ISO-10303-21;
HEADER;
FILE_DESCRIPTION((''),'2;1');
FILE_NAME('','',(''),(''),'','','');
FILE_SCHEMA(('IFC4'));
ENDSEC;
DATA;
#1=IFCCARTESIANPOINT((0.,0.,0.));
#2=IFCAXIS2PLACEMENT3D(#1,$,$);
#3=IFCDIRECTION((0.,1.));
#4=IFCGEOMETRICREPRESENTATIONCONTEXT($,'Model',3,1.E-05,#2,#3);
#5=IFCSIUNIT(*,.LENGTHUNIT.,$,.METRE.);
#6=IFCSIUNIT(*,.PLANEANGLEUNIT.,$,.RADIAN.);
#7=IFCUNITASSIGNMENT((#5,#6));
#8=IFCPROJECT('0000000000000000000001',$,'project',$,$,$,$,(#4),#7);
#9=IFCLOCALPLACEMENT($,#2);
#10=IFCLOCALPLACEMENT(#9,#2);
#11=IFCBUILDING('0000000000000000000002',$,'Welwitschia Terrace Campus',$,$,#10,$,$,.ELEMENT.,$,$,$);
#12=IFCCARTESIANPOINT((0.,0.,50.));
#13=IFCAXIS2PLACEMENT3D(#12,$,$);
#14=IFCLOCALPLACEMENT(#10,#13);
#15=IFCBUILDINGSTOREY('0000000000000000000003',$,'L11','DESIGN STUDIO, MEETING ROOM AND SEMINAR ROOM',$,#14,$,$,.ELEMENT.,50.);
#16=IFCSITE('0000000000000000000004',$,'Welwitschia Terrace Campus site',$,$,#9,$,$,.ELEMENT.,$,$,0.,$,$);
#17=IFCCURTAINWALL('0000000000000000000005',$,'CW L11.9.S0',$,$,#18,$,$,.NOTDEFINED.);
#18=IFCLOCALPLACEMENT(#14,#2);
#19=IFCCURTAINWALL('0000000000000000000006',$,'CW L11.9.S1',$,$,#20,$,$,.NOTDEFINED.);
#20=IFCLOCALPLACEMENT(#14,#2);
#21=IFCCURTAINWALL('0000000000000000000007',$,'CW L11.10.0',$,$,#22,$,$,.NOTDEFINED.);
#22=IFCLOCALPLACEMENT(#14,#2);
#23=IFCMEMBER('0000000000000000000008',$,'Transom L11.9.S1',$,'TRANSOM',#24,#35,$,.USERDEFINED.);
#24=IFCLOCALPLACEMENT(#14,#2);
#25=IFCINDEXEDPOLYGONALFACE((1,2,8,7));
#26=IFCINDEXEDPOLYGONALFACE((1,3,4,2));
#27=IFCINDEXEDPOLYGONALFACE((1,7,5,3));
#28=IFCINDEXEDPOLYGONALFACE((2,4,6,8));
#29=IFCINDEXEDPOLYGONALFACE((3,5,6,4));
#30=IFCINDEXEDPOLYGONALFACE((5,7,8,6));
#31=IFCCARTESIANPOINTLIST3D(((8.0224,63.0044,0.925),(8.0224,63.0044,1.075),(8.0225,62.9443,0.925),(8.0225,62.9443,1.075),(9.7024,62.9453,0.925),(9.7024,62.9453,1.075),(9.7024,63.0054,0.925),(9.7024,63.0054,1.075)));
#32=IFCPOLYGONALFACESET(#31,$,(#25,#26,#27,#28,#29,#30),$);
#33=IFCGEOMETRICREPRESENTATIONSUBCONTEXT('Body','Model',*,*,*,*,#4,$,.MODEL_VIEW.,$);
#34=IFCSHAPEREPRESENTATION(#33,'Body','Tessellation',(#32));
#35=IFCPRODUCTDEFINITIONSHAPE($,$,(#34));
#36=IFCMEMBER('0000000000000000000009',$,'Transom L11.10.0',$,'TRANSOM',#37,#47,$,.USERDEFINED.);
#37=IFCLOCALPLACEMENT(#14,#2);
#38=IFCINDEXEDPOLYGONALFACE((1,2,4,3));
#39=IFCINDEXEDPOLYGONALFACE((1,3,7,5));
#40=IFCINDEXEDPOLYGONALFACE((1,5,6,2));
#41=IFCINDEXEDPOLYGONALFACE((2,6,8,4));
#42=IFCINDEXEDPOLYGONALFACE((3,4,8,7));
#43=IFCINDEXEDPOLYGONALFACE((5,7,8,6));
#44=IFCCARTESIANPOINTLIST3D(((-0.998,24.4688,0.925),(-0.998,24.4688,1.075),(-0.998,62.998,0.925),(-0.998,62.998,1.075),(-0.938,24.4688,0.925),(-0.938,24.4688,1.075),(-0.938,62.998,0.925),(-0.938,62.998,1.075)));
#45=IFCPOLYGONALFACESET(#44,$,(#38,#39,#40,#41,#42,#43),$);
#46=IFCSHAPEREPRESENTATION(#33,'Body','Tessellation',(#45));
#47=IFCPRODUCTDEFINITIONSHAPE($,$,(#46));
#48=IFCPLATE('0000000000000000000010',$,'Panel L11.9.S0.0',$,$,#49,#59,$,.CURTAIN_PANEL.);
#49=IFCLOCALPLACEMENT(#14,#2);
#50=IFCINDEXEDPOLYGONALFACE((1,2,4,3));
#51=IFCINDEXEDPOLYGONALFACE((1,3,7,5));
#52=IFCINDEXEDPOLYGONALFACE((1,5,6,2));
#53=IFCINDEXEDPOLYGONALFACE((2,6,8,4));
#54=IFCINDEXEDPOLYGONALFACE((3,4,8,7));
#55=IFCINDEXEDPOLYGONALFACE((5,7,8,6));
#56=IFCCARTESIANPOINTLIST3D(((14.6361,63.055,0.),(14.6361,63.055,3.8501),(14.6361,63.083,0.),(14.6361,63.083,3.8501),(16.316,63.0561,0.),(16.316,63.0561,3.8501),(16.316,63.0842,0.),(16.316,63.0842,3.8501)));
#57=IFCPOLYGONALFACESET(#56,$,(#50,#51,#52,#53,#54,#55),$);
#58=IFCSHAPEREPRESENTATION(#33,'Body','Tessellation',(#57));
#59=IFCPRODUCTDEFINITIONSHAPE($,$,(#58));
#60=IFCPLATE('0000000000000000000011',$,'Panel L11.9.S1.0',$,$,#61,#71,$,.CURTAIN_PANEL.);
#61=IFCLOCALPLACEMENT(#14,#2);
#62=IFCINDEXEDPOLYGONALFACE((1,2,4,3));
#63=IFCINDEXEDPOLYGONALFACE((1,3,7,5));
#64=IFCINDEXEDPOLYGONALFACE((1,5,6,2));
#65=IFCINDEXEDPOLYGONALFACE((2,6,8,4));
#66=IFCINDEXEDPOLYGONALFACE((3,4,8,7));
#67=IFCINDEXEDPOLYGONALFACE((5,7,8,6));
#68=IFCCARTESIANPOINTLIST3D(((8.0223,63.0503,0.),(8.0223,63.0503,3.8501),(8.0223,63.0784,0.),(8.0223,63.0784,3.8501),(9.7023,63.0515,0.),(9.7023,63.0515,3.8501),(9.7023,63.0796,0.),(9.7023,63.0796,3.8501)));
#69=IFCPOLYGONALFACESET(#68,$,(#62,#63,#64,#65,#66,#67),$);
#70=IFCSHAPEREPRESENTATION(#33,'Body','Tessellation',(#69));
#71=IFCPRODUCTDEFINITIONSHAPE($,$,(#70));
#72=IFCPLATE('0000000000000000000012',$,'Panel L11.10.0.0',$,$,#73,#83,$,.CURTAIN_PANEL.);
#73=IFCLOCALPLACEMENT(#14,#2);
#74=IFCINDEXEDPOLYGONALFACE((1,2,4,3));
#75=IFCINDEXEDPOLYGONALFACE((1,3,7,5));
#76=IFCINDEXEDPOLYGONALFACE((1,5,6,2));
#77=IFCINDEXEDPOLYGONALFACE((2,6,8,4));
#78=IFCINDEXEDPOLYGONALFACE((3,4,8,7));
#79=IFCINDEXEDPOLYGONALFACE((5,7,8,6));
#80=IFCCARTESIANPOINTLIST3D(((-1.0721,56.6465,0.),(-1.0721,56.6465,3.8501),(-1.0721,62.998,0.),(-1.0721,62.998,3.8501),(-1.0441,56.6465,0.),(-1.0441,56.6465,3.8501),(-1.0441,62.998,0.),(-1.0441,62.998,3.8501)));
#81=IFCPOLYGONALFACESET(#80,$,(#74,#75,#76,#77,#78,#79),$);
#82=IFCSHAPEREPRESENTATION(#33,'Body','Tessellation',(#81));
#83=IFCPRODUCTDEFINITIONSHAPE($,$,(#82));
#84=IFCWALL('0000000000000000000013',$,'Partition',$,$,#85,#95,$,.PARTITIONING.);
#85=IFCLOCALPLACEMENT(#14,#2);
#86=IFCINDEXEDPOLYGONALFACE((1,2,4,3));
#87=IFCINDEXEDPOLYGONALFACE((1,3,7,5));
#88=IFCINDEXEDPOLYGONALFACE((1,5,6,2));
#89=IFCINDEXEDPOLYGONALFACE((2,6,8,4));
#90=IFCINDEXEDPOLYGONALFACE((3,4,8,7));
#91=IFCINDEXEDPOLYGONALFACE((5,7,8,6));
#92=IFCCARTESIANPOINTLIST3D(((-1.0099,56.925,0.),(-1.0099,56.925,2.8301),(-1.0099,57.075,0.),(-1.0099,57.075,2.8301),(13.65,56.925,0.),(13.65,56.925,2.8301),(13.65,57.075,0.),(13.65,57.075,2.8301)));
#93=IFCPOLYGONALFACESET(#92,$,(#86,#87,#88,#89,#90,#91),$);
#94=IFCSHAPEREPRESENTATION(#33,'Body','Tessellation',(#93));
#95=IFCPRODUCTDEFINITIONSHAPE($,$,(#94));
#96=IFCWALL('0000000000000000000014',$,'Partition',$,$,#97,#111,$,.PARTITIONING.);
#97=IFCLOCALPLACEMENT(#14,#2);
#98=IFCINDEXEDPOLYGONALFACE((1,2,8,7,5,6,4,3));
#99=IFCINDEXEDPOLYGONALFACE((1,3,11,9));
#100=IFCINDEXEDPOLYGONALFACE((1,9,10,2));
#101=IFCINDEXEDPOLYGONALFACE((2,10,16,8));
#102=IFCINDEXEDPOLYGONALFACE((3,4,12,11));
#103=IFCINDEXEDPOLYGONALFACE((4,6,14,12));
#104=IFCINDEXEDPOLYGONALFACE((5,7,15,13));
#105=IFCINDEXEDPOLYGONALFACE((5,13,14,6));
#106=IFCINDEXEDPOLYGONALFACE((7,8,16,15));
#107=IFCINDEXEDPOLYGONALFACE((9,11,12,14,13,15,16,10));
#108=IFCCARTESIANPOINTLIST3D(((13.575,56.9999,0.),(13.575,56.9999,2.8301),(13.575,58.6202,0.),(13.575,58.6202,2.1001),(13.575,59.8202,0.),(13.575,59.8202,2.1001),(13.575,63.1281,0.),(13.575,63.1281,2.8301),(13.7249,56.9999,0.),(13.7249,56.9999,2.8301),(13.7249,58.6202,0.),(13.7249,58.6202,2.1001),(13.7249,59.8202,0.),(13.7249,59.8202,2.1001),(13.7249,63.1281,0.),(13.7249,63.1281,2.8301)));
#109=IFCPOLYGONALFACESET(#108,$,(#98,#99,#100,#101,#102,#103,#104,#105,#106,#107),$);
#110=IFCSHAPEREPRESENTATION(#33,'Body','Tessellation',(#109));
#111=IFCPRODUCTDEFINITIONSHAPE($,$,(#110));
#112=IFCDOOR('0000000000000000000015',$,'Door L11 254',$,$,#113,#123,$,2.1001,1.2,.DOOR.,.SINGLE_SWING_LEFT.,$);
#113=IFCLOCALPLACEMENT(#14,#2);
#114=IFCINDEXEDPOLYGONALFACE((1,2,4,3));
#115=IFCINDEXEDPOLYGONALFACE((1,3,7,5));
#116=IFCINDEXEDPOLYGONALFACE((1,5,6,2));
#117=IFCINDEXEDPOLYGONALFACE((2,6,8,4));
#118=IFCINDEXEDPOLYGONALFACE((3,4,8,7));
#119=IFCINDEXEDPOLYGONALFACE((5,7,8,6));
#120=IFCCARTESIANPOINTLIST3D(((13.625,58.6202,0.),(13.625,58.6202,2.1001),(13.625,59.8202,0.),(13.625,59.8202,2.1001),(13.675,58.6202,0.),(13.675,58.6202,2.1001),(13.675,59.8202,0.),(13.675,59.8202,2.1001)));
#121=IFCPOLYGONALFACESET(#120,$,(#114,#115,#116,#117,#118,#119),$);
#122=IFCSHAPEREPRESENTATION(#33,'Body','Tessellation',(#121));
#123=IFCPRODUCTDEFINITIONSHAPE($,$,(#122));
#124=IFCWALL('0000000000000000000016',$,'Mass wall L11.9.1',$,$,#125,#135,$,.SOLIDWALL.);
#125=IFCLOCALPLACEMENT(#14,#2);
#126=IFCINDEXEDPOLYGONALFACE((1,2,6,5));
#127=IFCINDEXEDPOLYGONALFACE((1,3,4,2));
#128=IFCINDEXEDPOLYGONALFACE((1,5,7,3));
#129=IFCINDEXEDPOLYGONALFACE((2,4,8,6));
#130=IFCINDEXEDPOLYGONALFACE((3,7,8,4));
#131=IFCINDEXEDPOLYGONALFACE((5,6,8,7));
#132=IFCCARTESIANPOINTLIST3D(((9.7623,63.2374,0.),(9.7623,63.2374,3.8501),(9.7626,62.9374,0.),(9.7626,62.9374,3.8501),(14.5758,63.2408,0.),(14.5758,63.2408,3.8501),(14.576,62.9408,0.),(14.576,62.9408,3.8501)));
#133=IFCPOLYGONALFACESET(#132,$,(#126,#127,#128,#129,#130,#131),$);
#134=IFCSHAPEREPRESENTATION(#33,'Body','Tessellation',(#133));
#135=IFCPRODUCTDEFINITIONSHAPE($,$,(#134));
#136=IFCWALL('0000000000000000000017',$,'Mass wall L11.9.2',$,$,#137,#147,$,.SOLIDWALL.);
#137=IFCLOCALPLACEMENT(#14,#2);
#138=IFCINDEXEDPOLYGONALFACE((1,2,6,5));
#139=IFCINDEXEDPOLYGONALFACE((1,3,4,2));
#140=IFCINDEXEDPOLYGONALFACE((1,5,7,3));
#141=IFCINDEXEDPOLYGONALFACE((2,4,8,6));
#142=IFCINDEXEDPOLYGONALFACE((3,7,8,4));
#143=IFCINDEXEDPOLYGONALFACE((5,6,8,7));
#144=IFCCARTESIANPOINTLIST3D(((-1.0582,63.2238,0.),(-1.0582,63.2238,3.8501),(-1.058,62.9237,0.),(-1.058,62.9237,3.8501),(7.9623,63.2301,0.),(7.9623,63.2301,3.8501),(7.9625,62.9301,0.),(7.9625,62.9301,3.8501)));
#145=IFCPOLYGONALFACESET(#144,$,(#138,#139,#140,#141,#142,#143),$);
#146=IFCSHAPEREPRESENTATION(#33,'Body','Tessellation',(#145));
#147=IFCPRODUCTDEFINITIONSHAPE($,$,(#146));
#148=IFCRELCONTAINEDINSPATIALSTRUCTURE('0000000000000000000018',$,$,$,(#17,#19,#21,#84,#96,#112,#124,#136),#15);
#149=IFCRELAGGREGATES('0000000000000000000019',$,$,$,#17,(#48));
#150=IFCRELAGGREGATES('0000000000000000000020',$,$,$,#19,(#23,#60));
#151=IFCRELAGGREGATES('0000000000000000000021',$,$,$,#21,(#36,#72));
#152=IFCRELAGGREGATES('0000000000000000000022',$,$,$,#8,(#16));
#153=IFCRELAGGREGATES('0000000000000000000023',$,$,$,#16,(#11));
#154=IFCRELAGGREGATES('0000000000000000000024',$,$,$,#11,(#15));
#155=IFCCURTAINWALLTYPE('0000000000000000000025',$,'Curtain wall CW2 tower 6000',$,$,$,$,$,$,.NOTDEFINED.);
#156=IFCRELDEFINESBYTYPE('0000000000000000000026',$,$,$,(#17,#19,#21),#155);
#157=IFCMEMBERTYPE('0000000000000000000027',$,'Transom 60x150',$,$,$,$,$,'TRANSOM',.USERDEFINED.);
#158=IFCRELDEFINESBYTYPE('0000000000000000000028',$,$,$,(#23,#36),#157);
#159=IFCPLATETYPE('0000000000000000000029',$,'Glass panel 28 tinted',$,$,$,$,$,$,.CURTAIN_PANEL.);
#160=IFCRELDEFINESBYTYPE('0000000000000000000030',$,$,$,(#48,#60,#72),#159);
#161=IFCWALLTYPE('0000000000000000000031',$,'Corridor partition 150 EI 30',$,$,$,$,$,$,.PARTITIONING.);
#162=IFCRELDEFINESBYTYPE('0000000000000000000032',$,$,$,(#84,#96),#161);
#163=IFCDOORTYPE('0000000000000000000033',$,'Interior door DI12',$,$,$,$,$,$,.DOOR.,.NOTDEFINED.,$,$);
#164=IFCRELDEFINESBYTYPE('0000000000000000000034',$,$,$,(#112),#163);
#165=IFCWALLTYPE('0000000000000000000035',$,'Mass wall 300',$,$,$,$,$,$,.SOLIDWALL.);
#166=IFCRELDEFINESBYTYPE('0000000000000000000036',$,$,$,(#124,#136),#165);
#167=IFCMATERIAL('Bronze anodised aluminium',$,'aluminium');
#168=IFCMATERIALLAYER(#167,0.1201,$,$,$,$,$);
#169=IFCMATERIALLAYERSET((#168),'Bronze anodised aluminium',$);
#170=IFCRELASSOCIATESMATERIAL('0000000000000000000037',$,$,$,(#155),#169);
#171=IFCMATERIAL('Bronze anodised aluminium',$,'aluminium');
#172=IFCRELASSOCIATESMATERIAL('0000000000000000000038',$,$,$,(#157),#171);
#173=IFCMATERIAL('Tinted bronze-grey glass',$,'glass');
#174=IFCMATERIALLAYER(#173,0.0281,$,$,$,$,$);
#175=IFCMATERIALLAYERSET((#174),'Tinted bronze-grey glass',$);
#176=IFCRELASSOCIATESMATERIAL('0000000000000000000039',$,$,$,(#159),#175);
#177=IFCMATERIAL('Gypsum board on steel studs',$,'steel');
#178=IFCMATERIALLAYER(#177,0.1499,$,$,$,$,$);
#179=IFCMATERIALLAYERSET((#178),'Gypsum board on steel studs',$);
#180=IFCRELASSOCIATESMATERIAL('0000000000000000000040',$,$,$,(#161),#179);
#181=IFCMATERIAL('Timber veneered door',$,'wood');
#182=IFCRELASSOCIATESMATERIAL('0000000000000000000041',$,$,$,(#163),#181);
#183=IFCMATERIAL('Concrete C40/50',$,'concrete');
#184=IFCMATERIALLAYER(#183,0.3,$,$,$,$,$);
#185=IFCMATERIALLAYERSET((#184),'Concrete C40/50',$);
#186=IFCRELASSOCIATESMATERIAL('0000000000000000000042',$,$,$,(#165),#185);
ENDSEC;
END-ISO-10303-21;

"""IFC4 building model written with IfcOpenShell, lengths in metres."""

from ifc_helpers import new_model, si_unit, direction, frame, frame_2d, origin, origin_2d, place, context, subcontext, project, spatial, rectangle, extrude, material, layer, layer_set, material_profile, profile_set, type_object, element, fill, aggregate, save


model = new_model("IFC4")

# Units and contexts
model_context = context("Model", 3, precision=1e-05, world=origin(), true_north=direction((0.0, 1.0)))
body_context = subcontext(model_context, "Body", "Model", "MODEL_VIEW")
ifc_project = project(units=[si_unit("LENGTHUNIT", "METRE"), si_unit("PLANEANGLEUNIT", "RADIAN")], contexts=[model_context])

# Site, building, storey
site_placement = place(None, origin())
site = spatial("IfcSite", under=ifc_project, at=site_placement, Name="Welwitschia Terrace Campus site", CompositionType="ELEMENT", RefElevation=0.0)
building_placement = place(site_placement, origin())
building = spatial("IfcBuilding", under=site, at=building_placement, Name="Welwitschia Terrace Campus", CompositionType="ELEMENT")
storey_placement = place(building_placement, frame((0.0, 0.0, 50.0)))
storey = spatial("IfcBuildingStorey", under=building, at=storey_placement, Name="L11", Description="DESIGN STUDIO, MEETING ROOM AND SEMINAR ROOM", CompositionType="ELEMENT", Elevation=50.0)

# Curtain wall
ifc_material_1 = material(Name="Bronze anodised aluminium", Category="aluminium")
ifc_layer_1 = layer(ifc_material_1, 0.1201)
ifc_layer_set_1 = layer_set([ifc_layer_1], Name="Bronze anodised aluminium")
curtain_wall_type = type_object("IfcCurtainWallType", Name="Curtain wall CW2 tower 6000", PredefinedType="NOTDEFINED", material=ifc_layer_set_1)
curtain_wall_1_placement = place(storey_placement, origin())
curtain_wall_1 = element("IfcCurtainWall", 1, at=curtain_wall_1_placement, inside=storey, type_object=curtain_wall_type, Name="CW L11.9.S0", PredefinedType="NOTDEFINED")

# Curtain walls
curtain_wall_2_placement = place(storey_placement, origin())
curtain_wall_2 = element("IfcCurtainWall", 2, at=curtain_wall_2_placement, inside=storey, type_object=curtain_wall_type, Name="CW L11.9.S1", PredefinedType="NOTDEFINED")
curtain_wall_3_placement = place(storey_placement, origin())
curtain_wall_3 = element("IfcCurtainWall", 3, at=curtain_wall_3_placement, inside=storey, type_object=curtain_wall_type, Name="CW L11.10.0", PredefinedType="NOTDEFINED")

# Members
ifc_material_2 = material(Name="Bronze anodised aluminium", Category="aluminium")
ifc_material_profile_1 = material_profile(ifc_material_2, rectangle(XDim=0.0601, YDim=0.1499, at=origin_2d()))
ifc_profile_set_1 = profile_set([ifc_material_profile_1], Name="Bronze anodised aluminium")
member_type_1 = type_object("IfcMemberType", Name="Transom 60x150", ElementType="TRANSOM", PredefinedType="USERDEFINED", material=ifc_profile_set_1)
member_1_placement = place(storey_placement, frame((9.7024, 62.9753, 1.0), z_axis=(-1.0, -0.000581, 0.0), x_axis=(0.000581, -1.0, 0.0)))
member_1 = element("IfcMember", 4, at=member_1_placement, type_object=member_type_1, Name="Transom L11.9.S1", ObjectType="TRANSOM", PredefinedType="USERDEFINED", context=body_context, shape_type="SweptSolid", body=[
    extrude(rectangle(XDim=0.0601, YDim=0.1499, at=origin_2d()), origin(), (0.0, 0.0, 1.0), 1.6799),
])
member_2_placement = place(storey_placement, frame((-0.968, 62.998, 1.0), z_axis=(0.0, -1.0, 0.0), x_axis=(1.0, 0.0, 0.0)))
member_2 = element("IfcMember", 5, at=member_2_placement, type_object=member_type_1, Name="Transom L11.10.0", ObjectType="TRANSOM", PredefinedType="USERDEFINED", context=body_context, shape_type="SweptSolid", body=[
    extrude(rectangle(XDim=0.0601, YDim=0.1499, at=origin_2d()), origin(), (0.0, 0.0, 1.0), 38.5293),
])

# Plates
ifc_material_3 = material(Name="Tinted bronze-grey glass", Category="glass")
ifc_layer_2 = layer(ifc_material_3, 0.0281)
ifc_layer_set_2 = layer_set([ifc_layer_2], Name="Tinted bronze-grey glass")
plate_type = type_object("IfcPlateType", Name="Glass panel 28 tinted", PredefinedType="CURTAIN_PANEL", material=ifc_layer_set_2)
plate_1_placement = place(storey_placement, frame((15.4761, 63.0696, 0.0), z_axis=(0.0, 0.0, 1.0), x_axis=(-1.0, -0.000696, 0.0)))
plate_1 = element("IfcPlate", 6, at=plate_1_placement, type_object=plate_type, Name="Panel L11.9.S0.0", PredefinedType="CURTAIN_PANEL", context=body_context, shape_type="SweptSolid", body=[
    extrude(rectangle(XDim=1.6799, YDim=0.0281, at=origin_2d()), origin(), (0.0, 0.0, 1.0), 3.8501),
])
aggregate(curtain_wall_1, [plate_1])
plate_2_placement = place(storey_placement, frame((8.8623, 63.0649, 0.0), z_axis=(0.0, 0.0, 1.0), x_axis=(-1.0, -0.000696, 0.0)))
plate_2 = element("IfcPlate", 7, at=plate_2_placement, type_object=plate_type, Name="Panel L11.9.S1.0", PredefinedType="CURTAIN_PANEL", context=body_context, shape_type="SweptSolid", body=[
    extrude(rectangle(XDim=1.6799, YDim=0.0281, at=origin_2d()), origin(), (0.0, 0.0, 1.0), 3.8501),
])
aggregate(curtain_wall_2, [member_1, plate_2])
plate_3_placement = place(storey_placement, frame((-1.0581, 59.8223, 0.0), z_axis=(0.0, 0.0, 1.0), x_axis=(0.0, -1.0, 0.0)))
plate_3 = element("IfcPlate", 8, at=plate_3_placement, type_object=plate_type, Name="Panel L11.10.0.0", PredefinedType="CURTAIN_PANEL", context=body_context, shape_type="SweptSolid", body=[
    extrude(rectangle(XDim=6.3516, YDim=0.0281, at=origin_2d()), origin(), (0.0, 0.0, 1.0), 3.8501),
])
aggregate(curtain_wall_3, [member_2, plate_3])

# Wall
ifc_material_4 = material(Name="Gypsum board on steel studs", Category="steel")
ifc_layer_3 = layer(ifc_material_4, 0.1499)
ifc_layer_set_3 = layer_set([ifc_layer_3], Name="Gypsum board on steel studs")
wall_type_1 = type_object("IfcWallType", Name="Corridor partition 150 EI 30", PredefinedType="PARTITIONING", material=ifc_layer_set_3)
wall_1_placement = place(storey_placement, frame((-1.01, 57.0, 0.0), z_axis=(0.0, 0.0, 1.0), x_axis=(1.0, 0.0, 0.0)))
element("IfcWall", 9, at=wall_1_placement, inside=storey, type_object=wall_type_1, Name="Partition", PredefinedType="PARTITIONING", context=body_context, shape_type="SweptSolid", body=[
    extrude(rectangle(XDim=14.6599, YDim=0.1499, at=frame_2d((7.3301, 0.0))), origin(), (0.0, 0.0, 1.0), 2.8301),
])

# Wall, opening, door
wall_2_placement = place(storey_placement, frame((13.6499, 57.0, 0.0), z_axis=(0.0, 0.0, 1.0), x_axis=(0.0, 1.0, 0.0)))
wall_2 = element("IfcWall", 10, at=wall_2_placement, inside=storey, type_object=wall_type_1, Name="Partition", PredefinedType="PARTITIONING", context=body_context, shape_type="SweptSolid", body=[
    extrude(rectangle(XDim=6.1282, YDim=0.1499, at=frame_2d((3.064, 0.0))), origin(), (0.0, 0.0, 1.0), 2.8301),
])
opening_placement = place(wall_2_placement, frame((1.6201, 0.0, 0.0)))
opening = element("IfcOpeningElement", 11, at=opening_placement, cuts=wall_2, PredefinedType="OPENING", context=body_context, shape_type="SweptSolid", body=[
    extrude(rectangle(XDim=1.2, YDim=2.1001, at=frame_2d((0.6001, 1.05))), frame((0.0, 0.085, 0.0), z_axis=(0.0, -1.0, 0.0), x_axis=(1.0, 0.0, 0.0)), (0.0, 0.0, 1.0), 0.1699),
])
ifc_material_5 = material(Name="Timber veneered door", Category="wood")
door_type = type_object("IfcDoorType", Name="Interior door DI12", OperationType="NOTDEFINED", PredefinedType="DOOR", material=ifc_material_5)
door_placement = place(opening_placement, origin())
door = element("IfcDoor", 12, at=door_placement, inside=storey, type_object=door_type, Name="Door L11 254", OperationType="SINGLE_SWING_LEFT", OverallHeight=2.1001, OverallWidth=1.2, PredefinedType="DOOR", context=body_context, shape_type="SweptSolid", body=[
    extrude(rectangle(XDim=1.2, YDim=2.1001, at=frame_2d((0.6001, 1.05))), frame((0.0, 0.0249, 0.0), z_axis=(0.0, -1.0, 0.0), x_axis=(1.0, 0.0, 0.0)), (0.0, 0.0, 1.0), 0.05),
])
fill(opening, door)

# Walls
ifc_material_6 = material(Name="Concrete C40/50", Category="concrete")
ifc_layer_4 = layer(ifc_material_6, 0.3)
ifc_layer_set_4 = layer_set([ifc_layer_4], Name="Concrete C40/50")
wall_type_2 = type_object("IfcWallType", Name="Mass wall 300", PredefinedType="SOLIDWALL", material=ifc_layer_set_4)
wall_3_placement = place(storey_placement, frame((14.5759, 63.0908, 0.0), z_axis=(0.0, 0.0, 1.0), x_axis=(-1.0, -0.00071, 0.0)))
element("IfcWall", 13, at=wall_3_placement, inside=storey, type_object=wall_type_2, Name="Mass wall L11.9.1", PredefinedType="SOLIDWALL", context=body_context, shape_type="SweptSolid", body=[
    extrude(rectangle(XDim=4.8135, YDim=0.3, at=frame_2d((2.4067, 0.0))), origin(), (0.0, 0.0, 1.0), 3.8501),
])
wall_4_placement = place(storey_placement, frame((7.9624, 63.0801, 0.0), z_axis=(0.0, 0.0, 1.0), x_axis=(-1.0, -0.000704, 0.0)))
element("IfcWall", 14, at=wall_4_placement, inside=storey, type_object=wall_type_2, Name="Mass wall L11.9.2", PredefinedType="SOLIDWALL", context=body_context, shape_type="SweptSolid", body=[
    extrude(rectangle(XDim=9.0205, YDim=0.3, at=frame_2d((4.5103, 0.0))), origin(), (0.0, 0.0, 1.0), 3.8501),
])

save(model, "model.ifc")
